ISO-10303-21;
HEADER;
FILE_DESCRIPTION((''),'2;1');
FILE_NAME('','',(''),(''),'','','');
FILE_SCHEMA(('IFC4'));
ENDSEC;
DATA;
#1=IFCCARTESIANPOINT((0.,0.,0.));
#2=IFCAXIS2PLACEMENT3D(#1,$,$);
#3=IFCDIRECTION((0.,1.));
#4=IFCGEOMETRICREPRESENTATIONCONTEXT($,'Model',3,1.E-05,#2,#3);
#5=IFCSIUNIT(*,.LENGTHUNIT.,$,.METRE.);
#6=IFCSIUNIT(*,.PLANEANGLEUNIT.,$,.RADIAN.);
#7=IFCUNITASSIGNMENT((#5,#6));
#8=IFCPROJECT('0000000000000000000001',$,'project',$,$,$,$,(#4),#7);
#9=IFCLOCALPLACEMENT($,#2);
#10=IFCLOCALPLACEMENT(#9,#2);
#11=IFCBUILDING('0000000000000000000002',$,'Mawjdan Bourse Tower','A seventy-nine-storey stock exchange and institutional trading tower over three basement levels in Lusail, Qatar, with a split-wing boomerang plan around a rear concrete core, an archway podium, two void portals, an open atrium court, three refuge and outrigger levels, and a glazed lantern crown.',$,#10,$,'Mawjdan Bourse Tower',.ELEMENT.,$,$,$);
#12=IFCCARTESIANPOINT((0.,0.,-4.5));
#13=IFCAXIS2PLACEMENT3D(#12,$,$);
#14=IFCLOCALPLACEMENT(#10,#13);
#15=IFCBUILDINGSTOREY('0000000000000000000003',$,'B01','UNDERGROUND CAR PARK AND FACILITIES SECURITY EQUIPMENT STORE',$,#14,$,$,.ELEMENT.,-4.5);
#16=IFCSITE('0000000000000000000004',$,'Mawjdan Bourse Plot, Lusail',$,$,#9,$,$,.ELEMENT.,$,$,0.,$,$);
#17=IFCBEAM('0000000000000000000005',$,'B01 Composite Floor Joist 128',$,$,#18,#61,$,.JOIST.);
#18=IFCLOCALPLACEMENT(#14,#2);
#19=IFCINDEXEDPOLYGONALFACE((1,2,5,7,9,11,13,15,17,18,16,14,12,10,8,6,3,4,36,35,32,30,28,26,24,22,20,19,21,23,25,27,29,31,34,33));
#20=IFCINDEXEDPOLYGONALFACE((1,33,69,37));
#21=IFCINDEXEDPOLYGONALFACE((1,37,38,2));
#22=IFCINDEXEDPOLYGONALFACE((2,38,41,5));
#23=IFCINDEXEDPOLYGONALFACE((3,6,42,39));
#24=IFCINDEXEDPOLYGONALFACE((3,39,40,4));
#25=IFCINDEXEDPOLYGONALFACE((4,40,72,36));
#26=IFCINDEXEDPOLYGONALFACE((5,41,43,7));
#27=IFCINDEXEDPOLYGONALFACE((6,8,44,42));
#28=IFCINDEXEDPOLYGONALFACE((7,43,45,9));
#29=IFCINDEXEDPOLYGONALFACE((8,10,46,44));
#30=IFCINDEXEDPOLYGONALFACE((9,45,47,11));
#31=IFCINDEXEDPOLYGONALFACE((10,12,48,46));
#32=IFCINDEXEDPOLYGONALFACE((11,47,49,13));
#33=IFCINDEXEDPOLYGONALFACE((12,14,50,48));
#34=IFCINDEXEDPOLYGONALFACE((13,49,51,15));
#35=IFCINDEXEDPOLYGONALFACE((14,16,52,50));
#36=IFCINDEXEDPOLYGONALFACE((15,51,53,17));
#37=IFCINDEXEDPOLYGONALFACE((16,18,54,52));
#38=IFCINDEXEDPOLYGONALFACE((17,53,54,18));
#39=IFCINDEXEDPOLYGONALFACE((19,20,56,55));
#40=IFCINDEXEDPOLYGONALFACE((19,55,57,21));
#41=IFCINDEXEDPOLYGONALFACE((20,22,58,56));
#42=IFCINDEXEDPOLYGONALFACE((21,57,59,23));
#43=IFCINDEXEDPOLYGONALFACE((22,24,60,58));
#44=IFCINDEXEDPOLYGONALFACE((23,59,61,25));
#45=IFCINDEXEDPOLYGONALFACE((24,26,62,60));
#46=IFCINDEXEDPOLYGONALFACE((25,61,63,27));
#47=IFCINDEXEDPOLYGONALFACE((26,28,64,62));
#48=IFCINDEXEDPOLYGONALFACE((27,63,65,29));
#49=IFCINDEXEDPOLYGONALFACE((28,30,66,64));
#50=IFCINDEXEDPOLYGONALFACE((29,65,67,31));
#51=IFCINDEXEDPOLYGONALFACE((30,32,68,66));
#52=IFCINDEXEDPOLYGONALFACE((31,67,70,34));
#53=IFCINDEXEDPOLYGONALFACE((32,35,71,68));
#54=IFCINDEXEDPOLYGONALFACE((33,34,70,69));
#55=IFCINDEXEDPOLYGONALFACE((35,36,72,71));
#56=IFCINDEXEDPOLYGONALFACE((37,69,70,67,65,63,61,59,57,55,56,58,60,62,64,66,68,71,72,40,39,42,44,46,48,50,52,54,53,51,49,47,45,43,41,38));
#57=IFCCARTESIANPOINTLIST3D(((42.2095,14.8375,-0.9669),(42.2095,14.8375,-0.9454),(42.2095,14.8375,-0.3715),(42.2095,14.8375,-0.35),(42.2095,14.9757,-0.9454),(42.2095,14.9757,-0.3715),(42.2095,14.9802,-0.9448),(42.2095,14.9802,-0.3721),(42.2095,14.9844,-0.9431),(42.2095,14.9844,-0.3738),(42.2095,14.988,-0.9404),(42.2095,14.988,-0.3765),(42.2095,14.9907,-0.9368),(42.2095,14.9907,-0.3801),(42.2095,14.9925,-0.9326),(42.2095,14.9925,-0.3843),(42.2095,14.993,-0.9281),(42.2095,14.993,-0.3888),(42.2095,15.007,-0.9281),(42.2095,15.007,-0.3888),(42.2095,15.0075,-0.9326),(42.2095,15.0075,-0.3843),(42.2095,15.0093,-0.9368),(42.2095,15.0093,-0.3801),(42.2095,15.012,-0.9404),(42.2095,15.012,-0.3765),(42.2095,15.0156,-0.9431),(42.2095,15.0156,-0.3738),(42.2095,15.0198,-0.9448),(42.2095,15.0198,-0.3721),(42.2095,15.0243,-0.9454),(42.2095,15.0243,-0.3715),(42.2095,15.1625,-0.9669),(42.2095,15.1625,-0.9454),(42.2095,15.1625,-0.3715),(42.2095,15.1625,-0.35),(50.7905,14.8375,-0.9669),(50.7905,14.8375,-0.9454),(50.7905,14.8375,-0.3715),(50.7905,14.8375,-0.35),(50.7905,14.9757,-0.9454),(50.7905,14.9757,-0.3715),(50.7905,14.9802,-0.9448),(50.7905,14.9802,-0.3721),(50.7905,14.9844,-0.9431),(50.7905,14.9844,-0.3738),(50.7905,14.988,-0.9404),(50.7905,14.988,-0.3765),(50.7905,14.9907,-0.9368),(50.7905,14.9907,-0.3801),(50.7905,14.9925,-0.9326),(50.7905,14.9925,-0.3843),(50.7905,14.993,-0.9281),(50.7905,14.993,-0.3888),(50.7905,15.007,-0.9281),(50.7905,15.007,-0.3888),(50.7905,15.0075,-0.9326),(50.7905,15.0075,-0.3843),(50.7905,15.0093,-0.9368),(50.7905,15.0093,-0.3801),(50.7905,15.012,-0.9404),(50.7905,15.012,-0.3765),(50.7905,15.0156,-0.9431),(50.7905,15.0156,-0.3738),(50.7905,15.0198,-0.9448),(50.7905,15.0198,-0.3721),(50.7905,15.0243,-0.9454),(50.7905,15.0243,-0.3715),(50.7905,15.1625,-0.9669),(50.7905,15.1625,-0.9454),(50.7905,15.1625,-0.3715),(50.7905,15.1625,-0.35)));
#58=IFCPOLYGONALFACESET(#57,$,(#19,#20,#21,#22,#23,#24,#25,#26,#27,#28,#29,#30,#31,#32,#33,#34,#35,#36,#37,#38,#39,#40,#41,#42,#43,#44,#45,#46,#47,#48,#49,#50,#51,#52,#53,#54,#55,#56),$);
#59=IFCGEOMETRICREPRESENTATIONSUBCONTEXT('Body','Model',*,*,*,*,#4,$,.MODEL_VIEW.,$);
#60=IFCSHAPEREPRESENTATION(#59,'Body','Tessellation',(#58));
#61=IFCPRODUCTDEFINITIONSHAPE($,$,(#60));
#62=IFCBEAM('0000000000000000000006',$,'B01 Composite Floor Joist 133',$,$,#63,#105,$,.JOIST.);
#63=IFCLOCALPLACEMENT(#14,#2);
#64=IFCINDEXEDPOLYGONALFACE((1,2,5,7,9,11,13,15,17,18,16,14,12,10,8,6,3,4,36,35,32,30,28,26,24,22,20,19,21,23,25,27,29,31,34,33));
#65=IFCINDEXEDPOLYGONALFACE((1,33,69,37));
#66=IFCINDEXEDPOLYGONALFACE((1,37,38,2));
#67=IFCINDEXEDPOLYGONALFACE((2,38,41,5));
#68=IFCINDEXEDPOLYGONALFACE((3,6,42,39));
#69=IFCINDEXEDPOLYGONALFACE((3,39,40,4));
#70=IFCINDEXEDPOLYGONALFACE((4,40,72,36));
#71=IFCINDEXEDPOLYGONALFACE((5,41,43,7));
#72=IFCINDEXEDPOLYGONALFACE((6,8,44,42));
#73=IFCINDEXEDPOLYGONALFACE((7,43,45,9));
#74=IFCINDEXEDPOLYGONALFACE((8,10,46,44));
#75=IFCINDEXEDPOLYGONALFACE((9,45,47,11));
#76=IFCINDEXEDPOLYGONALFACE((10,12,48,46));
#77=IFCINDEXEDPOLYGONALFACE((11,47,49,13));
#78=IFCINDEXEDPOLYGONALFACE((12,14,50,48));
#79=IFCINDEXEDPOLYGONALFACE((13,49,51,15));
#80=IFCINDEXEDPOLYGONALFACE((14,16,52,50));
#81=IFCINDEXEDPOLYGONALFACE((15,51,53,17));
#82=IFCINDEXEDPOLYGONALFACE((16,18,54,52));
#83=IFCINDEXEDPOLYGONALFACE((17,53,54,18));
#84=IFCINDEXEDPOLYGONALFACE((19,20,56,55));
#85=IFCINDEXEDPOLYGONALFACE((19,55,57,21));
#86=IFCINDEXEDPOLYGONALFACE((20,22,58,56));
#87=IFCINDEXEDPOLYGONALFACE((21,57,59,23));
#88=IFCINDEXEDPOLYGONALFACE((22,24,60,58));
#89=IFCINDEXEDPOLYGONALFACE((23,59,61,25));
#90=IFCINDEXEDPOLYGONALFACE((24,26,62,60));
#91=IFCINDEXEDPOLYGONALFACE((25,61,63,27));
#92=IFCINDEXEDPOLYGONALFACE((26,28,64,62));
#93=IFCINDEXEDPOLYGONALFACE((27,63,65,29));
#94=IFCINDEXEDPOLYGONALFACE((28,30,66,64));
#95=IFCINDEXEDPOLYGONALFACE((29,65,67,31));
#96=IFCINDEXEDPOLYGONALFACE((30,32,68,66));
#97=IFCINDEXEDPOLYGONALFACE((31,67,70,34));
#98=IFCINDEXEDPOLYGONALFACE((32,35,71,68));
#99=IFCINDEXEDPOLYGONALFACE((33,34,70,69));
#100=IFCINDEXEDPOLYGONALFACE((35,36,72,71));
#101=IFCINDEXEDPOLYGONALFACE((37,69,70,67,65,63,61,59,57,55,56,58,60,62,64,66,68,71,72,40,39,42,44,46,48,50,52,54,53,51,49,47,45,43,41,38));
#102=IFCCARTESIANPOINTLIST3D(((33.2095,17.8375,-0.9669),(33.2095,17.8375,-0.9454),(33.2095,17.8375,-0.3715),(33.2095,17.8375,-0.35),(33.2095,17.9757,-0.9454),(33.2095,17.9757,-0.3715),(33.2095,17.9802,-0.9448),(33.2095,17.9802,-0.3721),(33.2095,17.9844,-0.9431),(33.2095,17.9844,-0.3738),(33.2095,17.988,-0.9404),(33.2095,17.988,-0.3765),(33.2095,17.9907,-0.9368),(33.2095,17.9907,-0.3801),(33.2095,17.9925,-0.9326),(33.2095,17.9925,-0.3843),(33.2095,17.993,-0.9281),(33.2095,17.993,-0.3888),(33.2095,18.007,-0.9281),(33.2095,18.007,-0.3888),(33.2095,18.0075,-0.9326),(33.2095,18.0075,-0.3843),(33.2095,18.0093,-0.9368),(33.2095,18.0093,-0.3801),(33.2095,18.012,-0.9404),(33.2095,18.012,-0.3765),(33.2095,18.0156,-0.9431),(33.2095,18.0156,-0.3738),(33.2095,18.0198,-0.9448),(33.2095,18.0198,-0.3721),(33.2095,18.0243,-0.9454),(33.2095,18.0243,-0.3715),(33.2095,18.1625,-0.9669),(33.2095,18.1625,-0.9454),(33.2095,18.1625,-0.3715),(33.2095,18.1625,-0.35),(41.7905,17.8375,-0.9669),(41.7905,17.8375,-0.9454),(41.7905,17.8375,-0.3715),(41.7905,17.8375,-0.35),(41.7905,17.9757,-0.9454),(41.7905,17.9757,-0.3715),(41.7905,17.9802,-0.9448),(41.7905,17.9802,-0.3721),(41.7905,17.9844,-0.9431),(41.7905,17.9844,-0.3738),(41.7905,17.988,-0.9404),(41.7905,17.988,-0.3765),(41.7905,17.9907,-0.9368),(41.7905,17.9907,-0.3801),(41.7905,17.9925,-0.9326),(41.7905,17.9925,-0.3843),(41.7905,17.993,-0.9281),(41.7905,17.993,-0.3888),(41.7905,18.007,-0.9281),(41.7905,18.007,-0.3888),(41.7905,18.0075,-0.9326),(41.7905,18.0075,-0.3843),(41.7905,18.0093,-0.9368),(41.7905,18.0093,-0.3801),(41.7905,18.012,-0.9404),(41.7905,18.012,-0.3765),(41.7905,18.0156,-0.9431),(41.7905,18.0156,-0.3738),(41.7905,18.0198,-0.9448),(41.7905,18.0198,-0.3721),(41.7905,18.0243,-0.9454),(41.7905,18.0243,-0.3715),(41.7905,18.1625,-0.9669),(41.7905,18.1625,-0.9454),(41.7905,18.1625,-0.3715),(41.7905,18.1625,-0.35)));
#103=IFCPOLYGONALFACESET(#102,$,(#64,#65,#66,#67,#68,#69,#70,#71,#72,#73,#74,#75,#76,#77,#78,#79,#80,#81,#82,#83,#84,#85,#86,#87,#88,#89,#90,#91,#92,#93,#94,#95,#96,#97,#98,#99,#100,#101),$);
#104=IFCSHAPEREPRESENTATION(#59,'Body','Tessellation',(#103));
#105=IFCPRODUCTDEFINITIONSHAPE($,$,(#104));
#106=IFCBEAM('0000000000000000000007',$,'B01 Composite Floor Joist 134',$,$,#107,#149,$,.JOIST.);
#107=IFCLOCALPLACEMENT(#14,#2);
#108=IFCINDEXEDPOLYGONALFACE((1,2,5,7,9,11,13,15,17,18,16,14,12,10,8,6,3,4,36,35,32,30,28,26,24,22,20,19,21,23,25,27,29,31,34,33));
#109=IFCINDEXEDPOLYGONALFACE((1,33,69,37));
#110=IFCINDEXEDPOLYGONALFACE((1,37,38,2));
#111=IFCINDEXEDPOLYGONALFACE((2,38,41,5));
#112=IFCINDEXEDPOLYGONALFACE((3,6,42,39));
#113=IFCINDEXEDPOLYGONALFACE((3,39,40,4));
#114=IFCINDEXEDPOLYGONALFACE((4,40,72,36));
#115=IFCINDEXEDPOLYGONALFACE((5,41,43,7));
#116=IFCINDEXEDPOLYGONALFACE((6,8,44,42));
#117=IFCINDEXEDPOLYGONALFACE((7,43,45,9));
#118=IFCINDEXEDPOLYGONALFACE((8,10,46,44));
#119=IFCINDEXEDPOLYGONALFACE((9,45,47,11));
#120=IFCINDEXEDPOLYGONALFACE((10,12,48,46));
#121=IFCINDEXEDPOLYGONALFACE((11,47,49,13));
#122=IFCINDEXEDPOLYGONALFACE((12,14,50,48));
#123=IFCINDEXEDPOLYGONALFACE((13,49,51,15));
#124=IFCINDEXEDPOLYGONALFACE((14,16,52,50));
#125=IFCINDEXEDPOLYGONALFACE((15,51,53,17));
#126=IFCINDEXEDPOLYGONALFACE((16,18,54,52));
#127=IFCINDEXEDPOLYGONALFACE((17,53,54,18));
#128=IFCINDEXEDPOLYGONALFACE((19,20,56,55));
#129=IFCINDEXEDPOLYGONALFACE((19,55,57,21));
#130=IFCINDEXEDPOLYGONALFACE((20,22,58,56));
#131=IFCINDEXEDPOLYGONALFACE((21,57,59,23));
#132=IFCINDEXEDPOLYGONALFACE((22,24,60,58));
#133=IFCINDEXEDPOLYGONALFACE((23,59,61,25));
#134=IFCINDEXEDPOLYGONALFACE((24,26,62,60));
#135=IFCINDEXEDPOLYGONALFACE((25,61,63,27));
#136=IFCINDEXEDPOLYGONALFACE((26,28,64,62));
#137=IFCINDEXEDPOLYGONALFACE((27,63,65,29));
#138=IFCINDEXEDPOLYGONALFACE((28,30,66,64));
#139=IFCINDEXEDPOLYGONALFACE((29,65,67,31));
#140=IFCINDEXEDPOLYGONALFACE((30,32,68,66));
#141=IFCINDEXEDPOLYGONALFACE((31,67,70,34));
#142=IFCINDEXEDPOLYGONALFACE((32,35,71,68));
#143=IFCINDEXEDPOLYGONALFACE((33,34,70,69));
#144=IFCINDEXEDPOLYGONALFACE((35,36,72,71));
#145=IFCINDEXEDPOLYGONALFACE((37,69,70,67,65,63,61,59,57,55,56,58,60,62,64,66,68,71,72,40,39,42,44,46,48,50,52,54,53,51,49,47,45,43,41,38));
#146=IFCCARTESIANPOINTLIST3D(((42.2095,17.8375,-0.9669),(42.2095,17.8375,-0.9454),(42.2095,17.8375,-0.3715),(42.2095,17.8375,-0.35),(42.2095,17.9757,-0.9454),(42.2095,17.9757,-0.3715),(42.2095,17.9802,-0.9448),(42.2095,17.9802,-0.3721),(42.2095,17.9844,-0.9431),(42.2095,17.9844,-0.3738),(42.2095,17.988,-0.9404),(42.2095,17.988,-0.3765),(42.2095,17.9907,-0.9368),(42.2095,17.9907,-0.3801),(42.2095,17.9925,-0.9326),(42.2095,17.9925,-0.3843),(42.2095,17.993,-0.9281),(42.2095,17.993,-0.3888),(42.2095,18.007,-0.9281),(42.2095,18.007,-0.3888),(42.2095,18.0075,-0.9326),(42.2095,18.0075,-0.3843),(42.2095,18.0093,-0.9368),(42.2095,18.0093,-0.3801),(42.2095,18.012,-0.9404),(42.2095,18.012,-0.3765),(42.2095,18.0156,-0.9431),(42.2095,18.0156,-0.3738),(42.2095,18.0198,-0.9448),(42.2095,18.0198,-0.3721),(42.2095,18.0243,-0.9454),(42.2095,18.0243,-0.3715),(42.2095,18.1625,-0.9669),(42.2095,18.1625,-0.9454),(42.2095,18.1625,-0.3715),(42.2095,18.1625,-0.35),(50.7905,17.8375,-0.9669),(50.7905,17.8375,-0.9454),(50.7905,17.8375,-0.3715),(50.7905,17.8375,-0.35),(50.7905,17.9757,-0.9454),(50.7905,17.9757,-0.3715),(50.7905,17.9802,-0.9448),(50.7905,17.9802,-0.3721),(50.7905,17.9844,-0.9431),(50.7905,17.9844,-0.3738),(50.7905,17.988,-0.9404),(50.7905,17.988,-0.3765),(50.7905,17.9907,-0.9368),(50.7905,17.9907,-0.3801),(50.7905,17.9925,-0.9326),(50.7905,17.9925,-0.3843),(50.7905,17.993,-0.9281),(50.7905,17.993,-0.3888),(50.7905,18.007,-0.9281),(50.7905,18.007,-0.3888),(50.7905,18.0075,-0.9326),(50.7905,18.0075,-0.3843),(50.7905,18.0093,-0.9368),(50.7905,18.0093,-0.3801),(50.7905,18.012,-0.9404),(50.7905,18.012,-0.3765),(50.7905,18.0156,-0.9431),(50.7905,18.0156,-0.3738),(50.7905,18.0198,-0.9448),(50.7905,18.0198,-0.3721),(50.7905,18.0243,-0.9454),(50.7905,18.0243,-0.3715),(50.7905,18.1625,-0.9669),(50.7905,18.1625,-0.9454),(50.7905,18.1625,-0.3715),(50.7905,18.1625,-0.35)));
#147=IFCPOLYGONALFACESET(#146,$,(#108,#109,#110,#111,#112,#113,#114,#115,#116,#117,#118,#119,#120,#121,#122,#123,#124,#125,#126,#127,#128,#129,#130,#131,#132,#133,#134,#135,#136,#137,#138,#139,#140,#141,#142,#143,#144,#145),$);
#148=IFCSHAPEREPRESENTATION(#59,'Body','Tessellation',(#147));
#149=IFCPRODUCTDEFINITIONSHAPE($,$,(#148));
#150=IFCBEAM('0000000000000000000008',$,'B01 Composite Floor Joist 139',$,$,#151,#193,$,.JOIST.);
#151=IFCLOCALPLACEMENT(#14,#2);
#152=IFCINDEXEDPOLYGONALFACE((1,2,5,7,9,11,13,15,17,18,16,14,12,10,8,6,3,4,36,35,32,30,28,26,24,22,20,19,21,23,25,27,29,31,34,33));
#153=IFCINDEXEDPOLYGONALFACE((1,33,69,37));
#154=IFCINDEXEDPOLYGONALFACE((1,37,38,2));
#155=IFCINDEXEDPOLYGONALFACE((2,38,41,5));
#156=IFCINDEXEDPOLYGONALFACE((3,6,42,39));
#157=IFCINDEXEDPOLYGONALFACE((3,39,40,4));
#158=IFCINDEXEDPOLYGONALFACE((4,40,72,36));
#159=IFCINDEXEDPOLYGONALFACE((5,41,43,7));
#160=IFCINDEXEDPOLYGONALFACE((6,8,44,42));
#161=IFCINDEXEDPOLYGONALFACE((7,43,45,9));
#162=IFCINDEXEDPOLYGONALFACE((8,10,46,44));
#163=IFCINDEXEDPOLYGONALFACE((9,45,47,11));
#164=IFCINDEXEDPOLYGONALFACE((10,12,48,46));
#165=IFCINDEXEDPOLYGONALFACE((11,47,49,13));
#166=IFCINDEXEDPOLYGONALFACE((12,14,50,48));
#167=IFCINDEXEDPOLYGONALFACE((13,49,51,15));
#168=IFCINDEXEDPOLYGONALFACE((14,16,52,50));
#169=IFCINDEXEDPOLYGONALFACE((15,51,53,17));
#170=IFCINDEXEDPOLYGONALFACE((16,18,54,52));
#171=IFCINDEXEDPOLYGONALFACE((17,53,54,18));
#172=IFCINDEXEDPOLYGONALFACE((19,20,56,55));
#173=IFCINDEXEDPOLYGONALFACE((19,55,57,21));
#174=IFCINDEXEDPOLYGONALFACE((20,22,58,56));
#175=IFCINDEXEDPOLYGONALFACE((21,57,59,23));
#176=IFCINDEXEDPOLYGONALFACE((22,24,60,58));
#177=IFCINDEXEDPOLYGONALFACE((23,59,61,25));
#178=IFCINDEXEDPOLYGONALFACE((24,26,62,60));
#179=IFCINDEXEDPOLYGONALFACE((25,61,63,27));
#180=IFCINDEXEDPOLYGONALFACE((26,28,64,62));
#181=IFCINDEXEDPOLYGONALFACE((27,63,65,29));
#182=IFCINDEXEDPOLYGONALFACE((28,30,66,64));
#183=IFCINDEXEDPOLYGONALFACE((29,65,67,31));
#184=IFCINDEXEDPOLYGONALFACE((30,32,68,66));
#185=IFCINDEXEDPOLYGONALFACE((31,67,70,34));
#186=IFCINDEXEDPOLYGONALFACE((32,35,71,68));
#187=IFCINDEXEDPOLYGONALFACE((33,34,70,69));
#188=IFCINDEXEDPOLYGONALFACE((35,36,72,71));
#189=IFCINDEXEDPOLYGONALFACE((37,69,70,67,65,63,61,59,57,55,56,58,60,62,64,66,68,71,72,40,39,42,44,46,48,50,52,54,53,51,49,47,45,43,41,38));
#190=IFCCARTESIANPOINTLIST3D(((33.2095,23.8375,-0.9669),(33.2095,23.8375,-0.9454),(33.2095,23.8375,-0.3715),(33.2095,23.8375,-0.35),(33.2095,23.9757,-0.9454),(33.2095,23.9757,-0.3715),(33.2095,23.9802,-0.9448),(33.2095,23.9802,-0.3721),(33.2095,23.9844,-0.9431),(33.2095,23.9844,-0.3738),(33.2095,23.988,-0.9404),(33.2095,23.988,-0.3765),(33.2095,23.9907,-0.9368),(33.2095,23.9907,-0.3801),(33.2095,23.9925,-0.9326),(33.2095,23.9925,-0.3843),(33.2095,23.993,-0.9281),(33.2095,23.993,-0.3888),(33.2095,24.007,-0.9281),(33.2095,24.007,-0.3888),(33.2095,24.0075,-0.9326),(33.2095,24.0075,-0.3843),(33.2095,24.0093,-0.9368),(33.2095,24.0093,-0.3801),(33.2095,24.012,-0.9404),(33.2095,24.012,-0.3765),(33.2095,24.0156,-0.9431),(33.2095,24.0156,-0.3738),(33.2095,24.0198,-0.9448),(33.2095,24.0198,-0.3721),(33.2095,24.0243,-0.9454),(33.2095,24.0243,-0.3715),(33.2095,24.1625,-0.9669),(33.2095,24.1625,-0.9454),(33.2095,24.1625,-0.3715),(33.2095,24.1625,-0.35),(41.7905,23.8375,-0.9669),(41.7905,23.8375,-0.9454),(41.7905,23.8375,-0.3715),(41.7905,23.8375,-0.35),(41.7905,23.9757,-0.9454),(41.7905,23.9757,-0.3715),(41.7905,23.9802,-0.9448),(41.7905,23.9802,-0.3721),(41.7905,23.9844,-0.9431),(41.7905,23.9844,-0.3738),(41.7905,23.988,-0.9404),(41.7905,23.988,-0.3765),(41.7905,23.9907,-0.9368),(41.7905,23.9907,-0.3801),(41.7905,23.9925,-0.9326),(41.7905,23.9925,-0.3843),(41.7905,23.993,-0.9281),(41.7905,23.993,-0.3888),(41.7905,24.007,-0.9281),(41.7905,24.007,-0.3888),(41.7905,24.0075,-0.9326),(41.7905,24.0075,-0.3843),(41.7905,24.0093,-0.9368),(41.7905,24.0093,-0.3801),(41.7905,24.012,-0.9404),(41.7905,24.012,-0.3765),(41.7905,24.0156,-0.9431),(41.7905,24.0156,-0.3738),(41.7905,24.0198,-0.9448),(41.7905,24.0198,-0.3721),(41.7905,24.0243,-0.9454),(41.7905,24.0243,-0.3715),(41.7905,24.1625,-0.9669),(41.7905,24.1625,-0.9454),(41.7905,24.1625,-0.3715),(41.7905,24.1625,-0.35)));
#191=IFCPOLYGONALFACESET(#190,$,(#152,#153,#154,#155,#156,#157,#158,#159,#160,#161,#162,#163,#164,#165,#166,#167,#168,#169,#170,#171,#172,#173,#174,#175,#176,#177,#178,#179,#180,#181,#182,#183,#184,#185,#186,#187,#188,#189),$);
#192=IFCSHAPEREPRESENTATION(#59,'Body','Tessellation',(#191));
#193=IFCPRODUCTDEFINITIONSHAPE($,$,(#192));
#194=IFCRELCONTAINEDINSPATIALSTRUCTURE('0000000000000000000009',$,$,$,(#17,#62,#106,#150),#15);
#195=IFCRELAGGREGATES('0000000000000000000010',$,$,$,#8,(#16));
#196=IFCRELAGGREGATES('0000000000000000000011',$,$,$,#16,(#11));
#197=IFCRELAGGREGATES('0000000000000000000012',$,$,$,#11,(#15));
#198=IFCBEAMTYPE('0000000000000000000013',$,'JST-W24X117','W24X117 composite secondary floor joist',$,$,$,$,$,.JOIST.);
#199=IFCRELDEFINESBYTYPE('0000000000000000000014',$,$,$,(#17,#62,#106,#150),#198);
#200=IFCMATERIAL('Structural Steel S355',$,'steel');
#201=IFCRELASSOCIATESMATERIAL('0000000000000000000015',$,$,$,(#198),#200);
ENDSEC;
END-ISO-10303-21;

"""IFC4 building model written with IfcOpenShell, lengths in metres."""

from ifc_helpers import new_model, si_unit, direction, frame, origin, origin_2d, place, context, subcontext, project, spatial, i_section, extrude, material, material_profile, profile_set, type_object, element, save


model = new_model("IFC4")

# Units and contexts
model_context = context("Model", 3, precision=1e-05, world=origin(), true_north=direction((0.0, 1.0)))
body_context = subcontext(model_context, "Body", "Model", "MODEL_VIEW")
ifc_project = project(units=[si_unit("LENGTHUNIT", "METRE"), si_unit("PLANEANGLEUNIT", "RADIAN")], contexts=[model_context])

# Site, building, storey
site_placement = place(None, origin())
site = spatial("IfcSite", under=ifc_project, at=site_placement, Name="Mawjdan Bourse Plot, Lusail", CompositionType="ELEMENT", RefElevation=0.0)
building_placement = place(site_placement, origin())
building = spatial("IfcBuilding", under=site, at=building_placement, Name="Mawjdan Bourse Tower", Description="A seventy-nine-storey stock exchange and institutional trading tower over three basement levels in Lusail, Qatar, with a split-wing boomerang plan around a rear concrete core, an archway podium, two void portals, an open atrium court, three refuge and outrigger levels, and a glazed lantern crown.", LongName="Mawjdan Bourse Tower", CompositionType="ELEMENT")
storey_placement = place(building_placement, frame((0.0, 0.0, -4.5)))
storey = spatial("IfcBuildingStorey", under=building, at=storey_placement, Name="B01", Description="UNDERGROUND CAR PARK AND FACILITIES SECURITY EQUIPMENT STORE", CompositionType="ELEMENT", Elevation=-4.5)

# Beams
ifc_material_1 = material(Name="Structural Steel S355", Category="steel")
ifc_material_profile_1 = material_profile(ifc_material_1, i_section(OverallWidth=0.325, OverallDepth=0.6169, WebThickness=0.0139, FlangeThickness=0.0215, FilletRadius=0.0173, at=origin_2d()), Name="W24X117")
ifc_profile_set_1 = profile_set([ifc_material_profile_1], Name="Structural Steel S355")
beam_type_1 = type_object("IfcBeamType", Name="JST-W24X117", Description="W24X117 composite secondary floor joist", PredefinedType="JOIST", material=ifc_profile_set_1)
for number, where, z_axis, x_axis, name in (
    (1, (42.2095, 15.0, -0.6584), (1.0, 0.0, 0.0), (0.0, 1.0, 0.0), "B01 Composite Floor Joist 128"),
    (2, (33.2095, 18.0, -0.6584), (1.0, 0.0, 0.0), (0.0, 1.0, 0.0), "B01 Composite Floor Joist 133"),
    (3, (42.2095, 18.0, -0.6584), (1.0, 0.0, 0.0), (0.0, 1.0, 0.0), "B01 Composite Floor Joist 134"),
    (4, (33.2095, 24.0, -0.6584), (1.0, 0.0, 0.0), (0.0, 1.0, 0.0), "B01 Composite Floor Joist 139"),
):
    element("IfcBeam", number, at=place(storey_placement, frame(where, z_axis=z_axis, x_axis=x_axis)), inside=storey, type_object=beam_type_1, Name=name, PredefinedType="JOIST", context=body_context, shape_type="SweptSolid", body=[
        extrude(i_section(OverallWidth=0.325, OverallDepth=0.6169, WebThickness=0.0139, FlangeThickness=0.0215, FilletRadius=0.0173, at=origin_2d()), origin(), (0.0, 0.0, 1.0), 8.5811),
    ])

save(model, "model.ifc")
